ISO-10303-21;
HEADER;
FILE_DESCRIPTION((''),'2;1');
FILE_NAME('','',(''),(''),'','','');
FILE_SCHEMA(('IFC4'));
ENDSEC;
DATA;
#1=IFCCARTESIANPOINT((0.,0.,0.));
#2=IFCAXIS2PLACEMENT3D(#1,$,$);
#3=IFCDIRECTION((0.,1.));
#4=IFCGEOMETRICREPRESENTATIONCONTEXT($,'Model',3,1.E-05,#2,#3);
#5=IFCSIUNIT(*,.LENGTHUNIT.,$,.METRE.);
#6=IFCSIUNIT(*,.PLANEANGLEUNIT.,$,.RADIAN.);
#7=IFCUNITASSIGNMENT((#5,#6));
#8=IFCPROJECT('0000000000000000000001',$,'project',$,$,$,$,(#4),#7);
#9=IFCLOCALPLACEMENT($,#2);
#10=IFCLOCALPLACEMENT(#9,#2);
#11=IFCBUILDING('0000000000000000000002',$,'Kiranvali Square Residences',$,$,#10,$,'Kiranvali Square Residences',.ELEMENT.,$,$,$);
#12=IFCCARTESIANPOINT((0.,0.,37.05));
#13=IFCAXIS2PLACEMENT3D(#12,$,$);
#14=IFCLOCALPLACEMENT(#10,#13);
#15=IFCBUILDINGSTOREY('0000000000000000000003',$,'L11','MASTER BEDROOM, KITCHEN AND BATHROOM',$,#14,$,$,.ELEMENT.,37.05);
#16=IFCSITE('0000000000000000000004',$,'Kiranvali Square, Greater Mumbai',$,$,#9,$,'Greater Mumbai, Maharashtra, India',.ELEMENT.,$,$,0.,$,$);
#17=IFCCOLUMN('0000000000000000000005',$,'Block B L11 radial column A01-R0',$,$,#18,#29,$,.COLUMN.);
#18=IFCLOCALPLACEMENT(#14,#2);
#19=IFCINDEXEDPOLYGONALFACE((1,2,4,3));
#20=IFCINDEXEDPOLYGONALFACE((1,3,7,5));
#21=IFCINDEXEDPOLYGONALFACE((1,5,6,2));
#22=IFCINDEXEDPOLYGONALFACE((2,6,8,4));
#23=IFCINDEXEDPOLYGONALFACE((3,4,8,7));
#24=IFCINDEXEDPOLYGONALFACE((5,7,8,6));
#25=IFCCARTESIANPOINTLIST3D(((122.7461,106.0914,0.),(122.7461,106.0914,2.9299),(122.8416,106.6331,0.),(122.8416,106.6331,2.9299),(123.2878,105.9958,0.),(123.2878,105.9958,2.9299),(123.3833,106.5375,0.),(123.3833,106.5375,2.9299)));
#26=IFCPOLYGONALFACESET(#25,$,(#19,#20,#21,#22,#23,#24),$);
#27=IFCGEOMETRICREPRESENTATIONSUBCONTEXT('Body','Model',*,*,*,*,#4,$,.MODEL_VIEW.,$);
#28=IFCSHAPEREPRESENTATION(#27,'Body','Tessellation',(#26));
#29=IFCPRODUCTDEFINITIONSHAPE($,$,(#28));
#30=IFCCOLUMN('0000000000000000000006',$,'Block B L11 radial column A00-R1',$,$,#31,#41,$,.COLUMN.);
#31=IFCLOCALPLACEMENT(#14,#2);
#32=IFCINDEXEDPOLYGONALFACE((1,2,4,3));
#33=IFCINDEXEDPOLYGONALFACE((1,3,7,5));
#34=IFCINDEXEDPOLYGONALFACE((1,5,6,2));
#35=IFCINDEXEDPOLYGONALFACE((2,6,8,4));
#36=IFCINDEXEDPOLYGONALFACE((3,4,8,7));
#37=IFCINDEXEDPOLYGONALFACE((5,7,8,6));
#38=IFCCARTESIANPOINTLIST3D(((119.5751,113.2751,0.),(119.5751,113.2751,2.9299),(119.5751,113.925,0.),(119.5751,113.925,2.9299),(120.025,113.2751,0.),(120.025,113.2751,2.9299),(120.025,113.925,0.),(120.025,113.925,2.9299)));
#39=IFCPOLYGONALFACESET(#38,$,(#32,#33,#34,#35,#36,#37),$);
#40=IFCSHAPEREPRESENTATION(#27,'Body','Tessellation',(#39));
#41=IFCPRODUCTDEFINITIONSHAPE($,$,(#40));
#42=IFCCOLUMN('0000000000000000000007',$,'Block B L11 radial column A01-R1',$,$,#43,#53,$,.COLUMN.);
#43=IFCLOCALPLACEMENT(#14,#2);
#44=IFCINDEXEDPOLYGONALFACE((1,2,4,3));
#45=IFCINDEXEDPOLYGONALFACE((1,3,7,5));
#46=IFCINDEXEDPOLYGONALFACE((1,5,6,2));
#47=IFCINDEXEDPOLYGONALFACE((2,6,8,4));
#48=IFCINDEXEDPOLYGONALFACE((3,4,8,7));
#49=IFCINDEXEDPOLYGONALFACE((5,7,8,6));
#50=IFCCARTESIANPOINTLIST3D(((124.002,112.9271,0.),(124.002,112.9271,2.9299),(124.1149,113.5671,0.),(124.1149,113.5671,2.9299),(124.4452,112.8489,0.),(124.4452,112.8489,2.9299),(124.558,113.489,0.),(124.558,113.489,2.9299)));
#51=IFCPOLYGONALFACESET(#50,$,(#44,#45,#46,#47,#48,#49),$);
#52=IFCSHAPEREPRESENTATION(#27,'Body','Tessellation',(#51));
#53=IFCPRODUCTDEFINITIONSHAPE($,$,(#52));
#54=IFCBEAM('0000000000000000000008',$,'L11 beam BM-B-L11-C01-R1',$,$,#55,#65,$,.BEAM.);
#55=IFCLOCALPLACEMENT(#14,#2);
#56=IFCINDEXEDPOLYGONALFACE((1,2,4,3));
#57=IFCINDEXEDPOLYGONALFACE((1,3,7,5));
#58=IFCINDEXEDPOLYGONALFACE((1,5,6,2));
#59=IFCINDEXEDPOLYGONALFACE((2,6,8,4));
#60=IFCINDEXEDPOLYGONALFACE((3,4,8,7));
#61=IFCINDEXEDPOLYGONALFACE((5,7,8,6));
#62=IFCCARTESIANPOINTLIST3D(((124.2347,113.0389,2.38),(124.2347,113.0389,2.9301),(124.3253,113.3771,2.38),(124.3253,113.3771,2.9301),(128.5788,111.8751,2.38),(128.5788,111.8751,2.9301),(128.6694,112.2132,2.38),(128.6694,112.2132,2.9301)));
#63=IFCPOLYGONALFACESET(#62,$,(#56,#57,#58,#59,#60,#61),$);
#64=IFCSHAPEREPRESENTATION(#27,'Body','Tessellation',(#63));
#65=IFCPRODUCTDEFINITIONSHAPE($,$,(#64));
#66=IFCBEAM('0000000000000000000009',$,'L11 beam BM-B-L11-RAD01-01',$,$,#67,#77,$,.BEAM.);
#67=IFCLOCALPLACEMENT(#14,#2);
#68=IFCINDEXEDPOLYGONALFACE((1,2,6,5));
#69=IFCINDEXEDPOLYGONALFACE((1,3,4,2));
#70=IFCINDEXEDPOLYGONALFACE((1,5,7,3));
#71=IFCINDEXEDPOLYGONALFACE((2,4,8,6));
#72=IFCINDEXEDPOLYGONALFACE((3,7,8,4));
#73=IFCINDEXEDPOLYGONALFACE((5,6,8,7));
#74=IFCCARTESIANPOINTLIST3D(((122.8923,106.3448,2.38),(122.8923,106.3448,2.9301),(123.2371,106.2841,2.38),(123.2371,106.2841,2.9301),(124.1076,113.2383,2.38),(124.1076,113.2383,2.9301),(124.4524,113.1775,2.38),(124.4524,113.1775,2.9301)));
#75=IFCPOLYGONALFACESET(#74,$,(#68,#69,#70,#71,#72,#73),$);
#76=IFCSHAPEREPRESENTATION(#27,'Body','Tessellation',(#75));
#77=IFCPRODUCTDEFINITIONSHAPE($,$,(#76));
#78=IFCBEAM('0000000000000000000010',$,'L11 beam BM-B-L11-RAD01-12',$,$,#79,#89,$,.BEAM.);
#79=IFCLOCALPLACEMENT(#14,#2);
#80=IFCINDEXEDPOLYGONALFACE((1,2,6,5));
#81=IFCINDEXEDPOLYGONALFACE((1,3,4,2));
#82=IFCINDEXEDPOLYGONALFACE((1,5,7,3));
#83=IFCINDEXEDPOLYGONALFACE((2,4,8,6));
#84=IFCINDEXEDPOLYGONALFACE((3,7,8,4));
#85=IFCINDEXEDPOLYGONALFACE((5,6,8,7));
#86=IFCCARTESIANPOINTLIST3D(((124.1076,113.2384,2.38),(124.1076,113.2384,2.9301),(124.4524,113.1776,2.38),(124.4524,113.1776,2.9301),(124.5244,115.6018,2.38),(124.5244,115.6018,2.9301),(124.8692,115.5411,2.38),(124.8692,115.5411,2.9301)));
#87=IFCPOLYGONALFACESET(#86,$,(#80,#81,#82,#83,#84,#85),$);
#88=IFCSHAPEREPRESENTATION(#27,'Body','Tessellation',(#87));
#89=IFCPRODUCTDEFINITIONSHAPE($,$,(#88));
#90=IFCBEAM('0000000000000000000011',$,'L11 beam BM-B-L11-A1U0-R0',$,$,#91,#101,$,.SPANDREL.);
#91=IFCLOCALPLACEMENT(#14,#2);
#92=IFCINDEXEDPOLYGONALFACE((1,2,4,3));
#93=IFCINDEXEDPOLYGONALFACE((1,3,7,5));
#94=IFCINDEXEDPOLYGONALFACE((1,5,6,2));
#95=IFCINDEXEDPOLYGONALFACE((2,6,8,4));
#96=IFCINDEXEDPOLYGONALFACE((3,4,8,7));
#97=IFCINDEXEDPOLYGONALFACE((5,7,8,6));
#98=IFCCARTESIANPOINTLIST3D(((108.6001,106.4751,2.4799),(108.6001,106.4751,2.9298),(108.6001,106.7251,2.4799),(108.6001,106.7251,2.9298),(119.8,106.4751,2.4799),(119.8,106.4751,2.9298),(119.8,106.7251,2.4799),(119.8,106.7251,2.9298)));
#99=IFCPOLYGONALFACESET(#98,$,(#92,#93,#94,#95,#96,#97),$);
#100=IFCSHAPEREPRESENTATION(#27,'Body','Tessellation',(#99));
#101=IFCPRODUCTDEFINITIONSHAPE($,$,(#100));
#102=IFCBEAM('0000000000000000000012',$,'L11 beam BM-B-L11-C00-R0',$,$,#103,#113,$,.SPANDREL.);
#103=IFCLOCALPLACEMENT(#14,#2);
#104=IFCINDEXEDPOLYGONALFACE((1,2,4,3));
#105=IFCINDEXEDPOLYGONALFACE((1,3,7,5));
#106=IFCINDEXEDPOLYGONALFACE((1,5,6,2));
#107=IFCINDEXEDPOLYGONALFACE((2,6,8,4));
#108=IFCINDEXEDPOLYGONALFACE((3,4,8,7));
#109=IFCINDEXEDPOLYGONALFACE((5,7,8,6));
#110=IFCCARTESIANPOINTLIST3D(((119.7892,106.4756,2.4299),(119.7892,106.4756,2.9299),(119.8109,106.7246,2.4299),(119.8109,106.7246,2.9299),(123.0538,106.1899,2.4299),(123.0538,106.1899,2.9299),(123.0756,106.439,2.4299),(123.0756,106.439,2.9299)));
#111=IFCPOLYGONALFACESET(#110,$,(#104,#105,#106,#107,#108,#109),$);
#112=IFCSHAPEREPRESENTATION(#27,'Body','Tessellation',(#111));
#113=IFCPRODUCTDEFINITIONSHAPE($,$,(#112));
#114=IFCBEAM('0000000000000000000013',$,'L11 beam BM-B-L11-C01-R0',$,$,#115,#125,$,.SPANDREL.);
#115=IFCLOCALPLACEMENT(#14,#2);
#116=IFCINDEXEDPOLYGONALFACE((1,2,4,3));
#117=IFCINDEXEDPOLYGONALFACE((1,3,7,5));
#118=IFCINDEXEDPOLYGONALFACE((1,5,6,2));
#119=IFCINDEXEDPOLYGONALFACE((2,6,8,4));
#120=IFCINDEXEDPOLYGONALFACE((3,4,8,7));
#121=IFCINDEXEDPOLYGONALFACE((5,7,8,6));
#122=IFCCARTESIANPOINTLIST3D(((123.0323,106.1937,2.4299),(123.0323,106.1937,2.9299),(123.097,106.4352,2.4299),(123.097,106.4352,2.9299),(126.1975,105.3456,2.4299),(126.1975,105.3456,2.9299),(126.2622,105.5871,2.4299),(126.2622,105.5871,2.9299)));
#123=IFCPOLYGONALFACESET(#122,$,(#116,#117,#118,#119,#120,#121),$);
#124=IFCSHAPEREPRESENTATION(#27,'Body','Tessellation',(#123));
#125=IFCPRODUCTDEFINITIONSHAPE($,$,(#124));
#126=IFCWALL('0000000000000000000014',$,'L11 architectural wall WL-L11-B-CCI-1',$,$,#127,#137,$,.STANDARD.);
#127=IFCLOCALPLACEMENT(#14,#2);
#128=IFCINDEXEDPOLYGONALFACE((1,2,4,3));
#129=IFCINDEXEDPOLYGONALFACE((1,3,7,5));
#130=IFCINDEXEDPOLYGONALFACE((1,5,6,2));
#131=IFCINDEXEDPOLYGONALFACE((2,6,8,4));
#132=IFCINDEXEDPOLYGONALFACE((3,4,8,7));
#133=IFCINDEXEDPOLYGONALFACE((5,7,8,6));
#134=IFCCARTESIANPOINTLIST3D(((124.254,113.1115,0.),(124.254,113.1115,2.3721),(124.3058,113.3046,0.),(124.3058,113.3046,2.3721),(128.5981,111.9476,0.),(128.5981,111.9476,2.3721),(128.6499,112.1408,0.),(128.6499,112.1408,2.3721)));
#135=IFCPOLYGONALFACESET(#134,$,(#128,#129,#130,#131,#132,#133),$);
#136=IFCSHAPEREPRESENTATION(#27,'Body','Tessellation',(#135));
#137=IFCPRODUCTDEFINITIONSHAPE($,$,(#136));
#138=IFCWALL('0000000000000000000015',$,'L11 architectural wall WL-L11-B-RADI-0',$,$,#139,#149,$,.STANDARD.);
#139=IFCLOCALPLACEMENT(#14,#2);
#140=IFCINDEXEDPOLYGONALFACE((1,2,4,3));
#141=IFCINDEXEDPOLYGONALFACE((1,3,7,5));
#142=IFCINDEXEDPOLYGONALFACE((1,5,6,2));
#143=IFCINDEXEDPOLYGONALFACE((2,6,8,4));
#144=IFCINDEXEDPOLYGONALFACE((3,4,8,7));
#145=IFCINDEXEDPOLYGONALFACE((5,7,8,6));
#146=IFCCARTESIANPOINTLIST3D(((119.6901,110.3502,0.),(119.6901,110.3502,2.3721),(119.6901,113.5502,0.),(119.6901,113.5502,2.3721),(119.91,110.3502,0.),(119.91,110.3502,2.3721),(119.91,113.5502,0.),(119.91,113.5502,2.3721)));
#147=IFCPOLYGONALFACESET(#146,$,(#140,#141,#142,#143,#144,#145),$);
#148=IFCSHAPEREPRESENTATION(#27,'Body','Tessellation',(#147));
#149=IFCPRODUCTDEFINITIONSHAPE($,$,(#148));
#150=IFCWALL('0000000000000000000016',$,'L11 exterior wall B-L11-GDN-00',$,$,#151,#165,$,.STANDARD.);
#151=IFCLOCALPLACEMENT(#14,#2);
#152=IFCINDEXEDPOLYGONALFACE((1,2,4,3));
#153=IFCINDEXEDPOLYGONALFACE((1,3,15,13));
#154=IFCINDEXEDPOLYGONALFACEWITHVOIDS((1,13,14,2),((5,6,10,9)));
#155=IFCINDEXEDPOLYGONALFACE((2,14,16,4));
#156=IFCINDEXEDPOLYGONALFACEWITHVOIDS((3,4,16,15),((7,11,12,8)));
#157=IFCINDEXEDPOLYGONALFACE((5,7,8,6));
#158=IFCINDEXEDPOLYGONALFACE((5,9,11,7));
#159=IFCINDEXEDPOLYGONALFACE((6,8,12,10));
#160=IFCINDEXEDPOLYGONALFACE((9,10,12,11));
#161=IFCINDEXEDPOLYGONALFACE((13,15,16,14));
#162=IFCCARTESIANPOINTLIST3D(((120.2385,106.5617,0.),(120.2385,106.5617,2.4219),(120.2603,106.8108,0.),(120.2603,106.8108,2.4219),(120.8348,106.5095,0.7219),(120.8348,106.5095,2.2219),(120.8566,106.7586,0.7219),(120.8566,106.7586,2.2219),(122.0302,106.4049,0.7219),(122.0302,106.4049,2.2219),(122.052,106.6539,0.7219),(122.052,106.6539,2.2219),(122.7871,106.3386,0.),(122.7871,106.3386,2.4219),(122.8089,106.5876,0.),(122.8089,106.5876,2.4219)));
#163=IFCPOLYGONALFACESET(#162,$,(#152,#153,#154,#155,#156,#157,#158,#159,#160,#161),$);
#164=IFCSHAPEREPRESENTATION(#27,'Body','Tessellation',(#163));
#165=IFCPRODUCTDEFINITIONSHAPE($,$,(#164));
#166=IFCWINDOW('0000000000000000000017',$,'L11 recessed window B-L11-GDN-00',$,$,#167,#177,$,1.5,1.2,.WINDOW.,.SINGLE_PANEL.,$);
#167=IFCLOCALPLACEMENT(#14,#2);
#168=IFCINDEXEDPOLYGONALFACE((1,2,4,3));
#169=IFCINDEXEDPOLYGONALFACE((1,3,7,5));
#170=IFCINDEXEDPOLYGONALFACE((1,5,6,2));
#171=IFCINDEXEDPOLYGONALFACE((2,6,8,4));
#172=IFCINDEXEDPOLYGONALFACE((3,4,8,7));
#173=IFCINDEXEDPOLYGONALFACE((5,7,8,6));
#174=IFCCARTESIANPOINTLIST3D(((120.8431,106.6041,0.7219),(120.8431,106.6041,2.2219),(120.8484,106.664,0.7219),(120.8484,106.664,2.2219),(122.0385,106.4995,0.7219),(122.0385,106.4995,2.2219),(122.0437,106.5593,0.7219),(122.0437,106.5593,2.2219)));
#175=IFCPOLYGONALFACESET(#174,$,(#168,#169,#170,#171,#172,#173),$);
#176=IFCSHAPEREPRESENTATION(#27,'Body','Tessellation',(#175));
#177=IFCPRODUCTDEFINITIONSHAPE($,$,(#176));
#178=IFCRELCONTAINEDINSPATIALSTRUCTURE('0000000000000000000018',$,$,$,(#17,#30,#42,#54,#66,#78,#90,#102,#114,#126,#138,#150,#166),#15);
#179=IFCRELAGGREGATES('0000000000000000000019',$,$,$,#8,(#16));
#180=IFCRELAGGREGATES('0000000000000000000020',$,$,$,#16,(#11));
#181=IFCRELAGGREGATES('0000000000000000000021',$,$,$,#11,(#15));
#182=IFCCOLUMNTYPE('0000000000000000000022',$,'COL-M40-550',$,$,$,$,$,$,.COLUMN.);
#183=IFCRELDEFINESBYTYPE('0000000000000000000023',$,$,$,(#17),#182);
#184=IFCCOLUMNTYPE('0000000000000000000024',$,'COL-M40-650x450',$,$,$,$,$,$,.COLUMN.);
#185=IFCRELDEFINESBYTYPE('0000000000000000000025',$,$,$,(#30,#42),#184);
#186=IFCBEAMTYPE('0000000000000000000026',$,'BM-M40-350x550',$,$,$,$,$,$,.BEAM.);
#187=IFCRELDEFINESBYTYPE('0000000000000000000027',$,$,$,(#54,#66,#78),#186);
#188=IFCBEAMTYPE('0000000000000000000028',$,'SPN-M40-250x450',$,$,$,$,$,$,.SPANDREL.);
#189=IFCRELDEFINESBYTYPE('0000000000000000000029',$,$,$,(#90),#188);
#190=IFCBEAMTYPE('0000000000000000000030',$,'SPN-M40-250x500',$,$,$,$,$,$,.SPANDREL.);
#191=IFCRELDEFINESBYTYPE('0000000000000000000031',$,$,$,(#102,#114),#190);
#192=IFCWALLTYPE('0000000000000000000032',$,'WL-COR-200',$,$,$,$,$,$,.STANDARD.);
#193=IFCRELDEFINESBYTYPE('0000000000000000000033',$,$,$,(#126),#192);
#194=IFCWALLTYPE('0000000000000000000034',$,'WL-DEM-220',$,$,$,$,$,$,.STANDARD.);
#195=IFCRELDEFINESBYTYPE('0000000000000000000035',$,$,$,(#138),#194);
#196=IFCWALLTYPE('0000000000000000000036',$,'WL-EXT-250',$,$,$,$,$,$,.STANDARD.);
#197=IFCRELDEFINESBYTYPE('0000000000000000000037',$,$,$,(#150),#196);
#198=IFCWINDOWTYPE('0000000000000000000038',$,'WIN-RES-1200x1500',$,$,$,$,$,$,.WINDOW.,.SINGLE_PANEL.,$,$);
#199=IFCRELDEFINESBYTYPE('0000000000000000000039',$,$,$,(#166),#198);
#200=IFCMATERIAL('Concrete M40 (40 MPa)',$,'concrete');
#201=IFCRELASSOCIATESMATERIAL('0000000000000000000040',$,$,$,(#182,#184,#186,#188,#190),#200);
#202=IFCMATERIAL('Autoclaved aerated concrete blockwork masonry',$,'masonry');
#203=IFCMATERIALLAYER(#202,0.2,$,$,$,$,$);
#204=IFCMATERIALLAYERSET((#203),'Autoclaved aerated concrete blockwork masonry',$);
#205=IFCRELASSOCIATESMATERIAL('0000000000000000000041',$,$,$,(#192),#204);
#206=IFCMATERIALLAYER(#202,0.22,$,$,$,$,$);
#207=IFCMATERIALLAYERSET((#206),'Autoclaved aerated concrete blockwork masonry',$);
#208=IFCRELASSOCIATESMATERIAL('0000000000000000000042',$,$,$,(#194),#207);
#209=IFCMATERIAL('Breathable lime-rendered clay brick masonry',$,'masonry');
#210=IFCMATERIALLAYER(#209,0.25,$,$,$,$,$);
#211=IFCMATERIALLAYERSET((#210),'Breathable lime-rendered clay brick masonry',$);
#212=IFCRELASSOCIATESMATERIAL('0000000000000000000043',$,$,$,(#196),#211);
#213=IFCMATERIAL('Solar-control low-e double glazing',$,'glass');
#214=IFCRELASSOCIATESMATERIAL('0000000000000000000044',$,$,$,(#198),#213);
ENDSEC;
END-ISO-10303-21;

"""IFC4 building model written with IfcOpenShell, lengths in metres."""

from ifc_helpers import new_model, si_unit, direction, frame, frame_2d, origin, origin_2d, place, context, subcontext, project, spatial, rectangle, extrude, material, layer, layer_set, material_profile, profile_set, type_object, element, fill, save


model = new_model("IFC4")

# Units and contexts
model_context = context("Model", 3, precision=1e-05, world=origin(), true_north=direction((0.0, 1.0)))
body_context = subcontext(model_context, "Body", "Model", "MODEL_VIEW")
ifc_project = project(units=[si_unit("LENGTHUNIT", "METRE"), si_unit("PLANEANGLEUNIT", "RADIAN")], contexts=[model_context])

# Site, building, storey
site_placement = place(None, origin())
site = spatial("IfcSite", under=ifc_project, at=site_placement, Name="Kiranvali Square, Greater Mumbai", LongName="Greater Mumbai, Maharashtra, India", CompositionType="ELEMENT", RefElevation=0.0)
building_placement = place(site_placement, origin())
building = spatial("IfcBuilding", under=site, at=building_placement, Name="Kiranvali Square Residences", LongName="Kiranvali Square Residences", CompositionType="ELEMENT")
storey_placement = place(building_placement, frame((0.0, 0.0, 37.05)))
storey = spatial("IfcBuildingStorey", under=building, at=storey_placement, Name="L11", Description="MASTER BEDROOM, KITCHEN AND BATHROOM", CompositionType="ELEMENT", Elevation=37.05)

# Columns
ifc_material_1 = material(Name="Concrete M40 (40 MPa)", Category="concrete")
ifc_material_profile_1 = material_profile(ifc_material_1, rectangle(XDim=0.55, YDim=0.55, at=origin_2d()), Name="RC 550x550")
ifc_profile_set_1 = profile_set([ifc_material_profile_1], Name="Concrete M40 (40 MPa)")
column_type_1 = type_object("IfcColumnType", Name="COL-M40-550", PredefinedType="COLUMN", material=ifc_profile_set_1)
column_placement = place(storey_placement, frame((123.0647, 106.3145, 0.0), z_axis=(0.0, 0.0, 1.0), x_axis=(-0.984808, 0.173648, 0.0)))
element("IfcColumn", 1, at=column_placement, inside=storey, type_object=column_type_1, Name="Block B L11 radial column A01-R0", PredefinedType="COLUMN", context=body_context, shape_type="SweptSolid", body=[
    extrude(rectangle(XDim=0.55, YDim=0.55, at=origin_2d()), origin(), (0.0, 0.0, 1.0), 2.9299),
])
ifc_material_profile_2 = material_profile(ifc_material_1, rectangle(XDim=0.45, YDim=0.6499, at=origin_2d()), Name="RC 650x450")
ifc_profile_set_2 = profile_set([ifc_material_profile_2], Name="Concrete M40 (40 MPa)")
column_type_2 = type_object("IfcColumnType", Name="COL-M40-650x450", PredefinedType="COLUMN", material=ifc_profile_set_2)
for number, where, z_axis, x_axis, name in (
    (2, (119.8, 113.6001, 0.0), (0.0, 0.0, 1.0), (1.0, 0.0, 0.0), "Block B L11 radial column A00-R1"),
    (3, (124.28, 113.208, 0.0), (0.0, 0.0, 1.0), (-0.984808, 0.173648, 0.0), "Block B L11 radial column A01-R1"),
):
    element("IfcColumn", number, at=place(storey_placement, frame(where, z_axis=z_axis, x_axis=x_axis)), inside=storey, type_object=column_type_2, Name=name, PredefinedType="COLUMN", context=body_context, shape_type="SweptSolid", body=[
        extrude(rectangle(XDim=0.45, YDim=0.6499, at=origin_2d()), origin(), (0.0, 0.0, 1.0), 2.9299),
    ])

# Beams
ifc_material_profile_3 = material_profile(ifc_material_1, rectangle(XDim=0.3501, YDim=0.55, at=origin_2d()), Name="RC 350x550")
ifc_profile_set_3 = profile_set([ifc_material_profile_3], Name="Concrete M40 (40 MPa)")
beam_type_1 = type_object("IfcBeamType", Name="BM-M40-350x550", PredefinedType="BEAM", material=ifc_profile_set_3)
beam_1_placement = place(storey_placement, frame((124.28, 113.208, 2.655), z_axis=(0.965934, -0.258788, 0.0), x_axis=(0.258788, 0.965934, 0.0)))
element("IfcBeam", 4, at=beam_1_placement, inside=storey, type_object=beam_type_1, Name="L11 beam BM-B-L11-C01-R1", PredefinedType="BEAM", context=body_context, shape_type="SweptSolid", body=[
    extrude(rectangle(XDim=0.3501, YDim=0.55, at=origin_2d()), origin(), (0.0, 0.0, 1.0), 4.4973),
])
beam_2_placement = place(storey_placement, frame((123.0647, 106.3145, 2.655), z_axis=(0.173622, 0.984812, 0.0), x_axis=(-0.984812, 0.173622, 0.0)))
element("IfcBeam", 5, at=beam_2_placement, inside=storey, type_object=beam_type_1, Name="L11 beam BM-B-L11-RAD01-01", PredefinedType="BEAM", context=body_context, shape_type="SweptSolid", body=[
    extrude(rectangle(XDim=0.3501, YDim=0.55, at=origin_2d()), origin(), (0.0, 0.0, 1.0), 6.9998),
])
beam_3_placement = place(storey_placement, frame((124.28, 113.208, 2.655), z_axis=(0.173646, 0.984808, 0.0), x_axis=(-0.984808, 0.173646, 0.0)))
element("IfcBeam", 6, at=beam_3_placement, inside=storey, type_object=beam_type_1, Name="L11 beam BM-B-L11-RAD01-12", PredefinedType="BEAM", context=body_context, shape_type="SweptSolid", body=[
    extrude(rectangle(XDim=0.3501, YDim=0.55, at=origin_2d()), origin(), (0.0, 0.0, 1.0), 2.3999),
])
ifc_material_profile_4 = material_profile(ifc_material_1, rectangle(XDim=0.25, YDim=0.45, at=origin_2d()), Name="RC 250x450")
ifc_profile_set_4 = profile_set([ifc_material_profile_4], Name="Concrete M40 (40 MPa)")
beam_type_2 = type_object("IfcBeamType", Name="SPN-M40-250x450", PredefinedType="SPANDREL", material=ifc_profile_set_4)
beam_4_placement = place(storey_placement, frame((119.8, 106.6001, 2.7048), z_axis=(-1.0, 0.0, 0.0), x_axis=(0.0, -1.0, 0.0)))
element("IfcBeam", 7, at=beam_4_placement, inside=storey, type_object=beam_type_2, Name="L11 beam BM-B-L11-A1U0-R0", PredefinedType="SPANDREL", context=body_context, shape_type="SweptSolid", body=[
    extrude(rectangle(XDim=0.25, YDim=0.45, at=origin_2d()), origin(), (0.0, 0.0, 1.0), 11.2),
])
ifc_material_profile_5 = material_profile(ifc_material_1, rectangle(XDim=0.25, YDim=0.5, at=origin_2d()), Name="RC 250x500")
ifc_profile_set_5 = profile_set([ifc_material_profile_5], Name="Concrete M40 (40 MPa)")
beam_type_3 = type_object("IfcBeamType", Name="SPN-M40-250x500", PredefinedType="SPANDREL", material=ifc_profile_set_5)
beam_5_placement = place(storey_placement, frame((119.8, 106.6001, 2.6799), z_axis=(0.996194, -0.087163, 0.0), x_axis=(0.087163, 0.996194, 0.0)))
element("IfcBeam", 8, at=beam_5_placement, inside=storey, type_object=beam_type_3, Name="L11 beam BM-B-L11-C00-R0", PredefinedType="SPANDREL", context=body_context, shape_type="SweptSolid", body=[
    extrude(rectangle(XDim=0.25, YDim=0.5, at=origin_2d()), origin(), (0.0, 0.0, 1.0), 3.2771),
])
beam_6_placement = place(storey_placement, frame((123.0647, 106.3145, 2.6799), z_axis=(0.965925, -0.258822, 0.0), x_axis=(0.258822, 0.965925, 0.0)))
element("IfcBeam", 9, at=beam_6_placement, inside=storey, type_object=beam_type_3, Name="L11 beam BM-B-L11-C01-R0", PredefinedType="SPANDREL", context=body_context, shape_type="SweptSolid", body=[
    extrude(rectangle(XDim=0.25, YDim=0.5, at=origin_2d()), origin(), (0.0, 0.0, 1.0), 3.2769),
])

# Walls
ifc_material_2 = material(Name="Autoclaved aerated concrete blockwork masonry", Category="masonry")
ifc_layer_1 = layer(ifc_material_2, 0.2)
ifc_layer_set_1 = layer_set([ifc_layer_1], Name="Autoclaved aerated concrete blockwork masonry")
wall_type_1 = type_object("IfcWallType", Name="WL-COR-200", PredefinedType="STANDARD", material=ifc_layer_set_1)
wall_1_placement = place(storey_placement, frame((124.28, 113.208, 0.0), z_axis=(0.0, 0.0, 1.0), x_axis=(0.965934, -0.258788, 0.0)))
element("IfcWall", 10, at=wall_1_placement, inside=storey, type_object=wall_type_1, Name="L11 architectural wall WL-L11-B-CCI-1", PredefinedType="STANDARD", context=body_context, shape_type="SweptSolid", body=[
    extrude(rectangle(XDim=4.4973, YDim=0.2, at=frame_2d((2.2485, 0.0))), origin(), (0.0, 0.0, 1.0), 2.3721),
])
ifc_layer_2 = layer(ifc_material_2, 0.22)
ifc_layer_set_2 = layer_set([ifc_layer_2], Name="Autoclaved aerated concrete blockwork masonry")
wall_type_2 = type_object("IfcWallType", Name="WL-DEM-220", PredefinedType="STANDARD", material=ifc_layer_set_2)
wall_2_placement = place(storey_placement, frame((119.8, 110.3501, 0.0), z_axis=(0.0, 0.0, 1.0), x_axis=(0.0, 1.0, 0.0)))
element("IfcWall", 11, at=wall_2_placement, inside=storey, type_object=wall_type_2, Name="L11 architectural wall WL-L11-B-RADI-0", PredefinedType="STANDARD", context=body_context, shape_type="SweptSolid", body=[
    extrude(rectangle(XDim=3.2, YDim=0.22, at=frame_2d((1.6001, 0.0))), origin(), (0.0, 0.0, 1.0), 2.3721),
])

# Wall, opening, window
ifc_material_3 = material(Name="Breathable lime-rendered clay brick masonry", Category="masonry")
ifc_layer_3 = layer(ifc_material_3, 0.25)
ifc_layer_set_3 = layer_set([ifc_layer_3], Name="Breathable lime-rendered clay brick masonry")
wall_type_3 = type_object("IfcWallType", Name="WL-EXT-250", PredefinedType="STANDARD", material=ifc_layer_set_3)
wall_3_placement = place(storey_placement, frame((120.2493, 106.6863, 0.0), z_axis=(0.0, 0.0, 1.0), x_axis=(0.996189, -0.087223, 0.0)))
wall_3 = element("IfcWall", 12, at=wall_3_placement, inside=storey, type_object=wall_type_3, Name="L11 exterior wall B-L11-GDN-00", PredefinedType="STANDARD", context=body_context, shape_type="SweptSolid", body=[
    extrude(rectangle(XDim=2.5583, YDim=0.25, at=frame_2d((1.2793, 0.0))), origin(), (0.0, 0.0, 1.0), 2.4219),
])
opening_1_placement = place(wall_3_placement, frame((0.5986, 0.0, 0.7219)))
opening_1 = element("IfcOpeningElement", 13, at=opening_1_placement, cuts=wall_3, PredefinedType="OPENING", context=body_context, shape_type="SweptSolid", body=[
    extrude(rectangle(XDim=1.2, YDim=1.5, at=frame_2d((0.6001, 0.75))), frame((0.0, 0.135, 0.0), z_axis=(0.0, -1.0, 0.0), x_axis=(1.0, 0.0, 0.0)), (0.0, 0.0, 1.0), 0.27),
])
ifc_material_4 = material(Name="Solar-control low-e double glazing", Category="glass")
window_type_1 = type_object("IfcWindowType", Name="WIN-RES-1200x1500", PartitioningType="SINGLE_PANEL", PredefinedType="WINDOW", material=ifc_material_4)
window_1_placement = place(opening_1_placement, origin())
window_1 = element("IfcWindow", 14, at=window_1_placement, inside=storey, type_object=window_type_1, Name="L11 recessed window B-L11-GDN-00", OverallHeight=1.5, OverallWidth=1.2, PartitioningType="SINGLE_PANEL", PredefinedType="WINDOW", context=body_context, shape_type="SweptSolid", body=[
    extrude(rectangle(XDim=1.2, YDim=1.5, at=frame_2d((0.6001, 0.75))), frame((0.0, 0.03, 0.0), z_axis=(0.0, -1.0, 0.0), x_axis=(1.0, 0.0, 0.0)), (0.0, 0.0, 1.0), 0.0601),
])
fill(opening_1, window_1)

save(model, "model.ifc")
